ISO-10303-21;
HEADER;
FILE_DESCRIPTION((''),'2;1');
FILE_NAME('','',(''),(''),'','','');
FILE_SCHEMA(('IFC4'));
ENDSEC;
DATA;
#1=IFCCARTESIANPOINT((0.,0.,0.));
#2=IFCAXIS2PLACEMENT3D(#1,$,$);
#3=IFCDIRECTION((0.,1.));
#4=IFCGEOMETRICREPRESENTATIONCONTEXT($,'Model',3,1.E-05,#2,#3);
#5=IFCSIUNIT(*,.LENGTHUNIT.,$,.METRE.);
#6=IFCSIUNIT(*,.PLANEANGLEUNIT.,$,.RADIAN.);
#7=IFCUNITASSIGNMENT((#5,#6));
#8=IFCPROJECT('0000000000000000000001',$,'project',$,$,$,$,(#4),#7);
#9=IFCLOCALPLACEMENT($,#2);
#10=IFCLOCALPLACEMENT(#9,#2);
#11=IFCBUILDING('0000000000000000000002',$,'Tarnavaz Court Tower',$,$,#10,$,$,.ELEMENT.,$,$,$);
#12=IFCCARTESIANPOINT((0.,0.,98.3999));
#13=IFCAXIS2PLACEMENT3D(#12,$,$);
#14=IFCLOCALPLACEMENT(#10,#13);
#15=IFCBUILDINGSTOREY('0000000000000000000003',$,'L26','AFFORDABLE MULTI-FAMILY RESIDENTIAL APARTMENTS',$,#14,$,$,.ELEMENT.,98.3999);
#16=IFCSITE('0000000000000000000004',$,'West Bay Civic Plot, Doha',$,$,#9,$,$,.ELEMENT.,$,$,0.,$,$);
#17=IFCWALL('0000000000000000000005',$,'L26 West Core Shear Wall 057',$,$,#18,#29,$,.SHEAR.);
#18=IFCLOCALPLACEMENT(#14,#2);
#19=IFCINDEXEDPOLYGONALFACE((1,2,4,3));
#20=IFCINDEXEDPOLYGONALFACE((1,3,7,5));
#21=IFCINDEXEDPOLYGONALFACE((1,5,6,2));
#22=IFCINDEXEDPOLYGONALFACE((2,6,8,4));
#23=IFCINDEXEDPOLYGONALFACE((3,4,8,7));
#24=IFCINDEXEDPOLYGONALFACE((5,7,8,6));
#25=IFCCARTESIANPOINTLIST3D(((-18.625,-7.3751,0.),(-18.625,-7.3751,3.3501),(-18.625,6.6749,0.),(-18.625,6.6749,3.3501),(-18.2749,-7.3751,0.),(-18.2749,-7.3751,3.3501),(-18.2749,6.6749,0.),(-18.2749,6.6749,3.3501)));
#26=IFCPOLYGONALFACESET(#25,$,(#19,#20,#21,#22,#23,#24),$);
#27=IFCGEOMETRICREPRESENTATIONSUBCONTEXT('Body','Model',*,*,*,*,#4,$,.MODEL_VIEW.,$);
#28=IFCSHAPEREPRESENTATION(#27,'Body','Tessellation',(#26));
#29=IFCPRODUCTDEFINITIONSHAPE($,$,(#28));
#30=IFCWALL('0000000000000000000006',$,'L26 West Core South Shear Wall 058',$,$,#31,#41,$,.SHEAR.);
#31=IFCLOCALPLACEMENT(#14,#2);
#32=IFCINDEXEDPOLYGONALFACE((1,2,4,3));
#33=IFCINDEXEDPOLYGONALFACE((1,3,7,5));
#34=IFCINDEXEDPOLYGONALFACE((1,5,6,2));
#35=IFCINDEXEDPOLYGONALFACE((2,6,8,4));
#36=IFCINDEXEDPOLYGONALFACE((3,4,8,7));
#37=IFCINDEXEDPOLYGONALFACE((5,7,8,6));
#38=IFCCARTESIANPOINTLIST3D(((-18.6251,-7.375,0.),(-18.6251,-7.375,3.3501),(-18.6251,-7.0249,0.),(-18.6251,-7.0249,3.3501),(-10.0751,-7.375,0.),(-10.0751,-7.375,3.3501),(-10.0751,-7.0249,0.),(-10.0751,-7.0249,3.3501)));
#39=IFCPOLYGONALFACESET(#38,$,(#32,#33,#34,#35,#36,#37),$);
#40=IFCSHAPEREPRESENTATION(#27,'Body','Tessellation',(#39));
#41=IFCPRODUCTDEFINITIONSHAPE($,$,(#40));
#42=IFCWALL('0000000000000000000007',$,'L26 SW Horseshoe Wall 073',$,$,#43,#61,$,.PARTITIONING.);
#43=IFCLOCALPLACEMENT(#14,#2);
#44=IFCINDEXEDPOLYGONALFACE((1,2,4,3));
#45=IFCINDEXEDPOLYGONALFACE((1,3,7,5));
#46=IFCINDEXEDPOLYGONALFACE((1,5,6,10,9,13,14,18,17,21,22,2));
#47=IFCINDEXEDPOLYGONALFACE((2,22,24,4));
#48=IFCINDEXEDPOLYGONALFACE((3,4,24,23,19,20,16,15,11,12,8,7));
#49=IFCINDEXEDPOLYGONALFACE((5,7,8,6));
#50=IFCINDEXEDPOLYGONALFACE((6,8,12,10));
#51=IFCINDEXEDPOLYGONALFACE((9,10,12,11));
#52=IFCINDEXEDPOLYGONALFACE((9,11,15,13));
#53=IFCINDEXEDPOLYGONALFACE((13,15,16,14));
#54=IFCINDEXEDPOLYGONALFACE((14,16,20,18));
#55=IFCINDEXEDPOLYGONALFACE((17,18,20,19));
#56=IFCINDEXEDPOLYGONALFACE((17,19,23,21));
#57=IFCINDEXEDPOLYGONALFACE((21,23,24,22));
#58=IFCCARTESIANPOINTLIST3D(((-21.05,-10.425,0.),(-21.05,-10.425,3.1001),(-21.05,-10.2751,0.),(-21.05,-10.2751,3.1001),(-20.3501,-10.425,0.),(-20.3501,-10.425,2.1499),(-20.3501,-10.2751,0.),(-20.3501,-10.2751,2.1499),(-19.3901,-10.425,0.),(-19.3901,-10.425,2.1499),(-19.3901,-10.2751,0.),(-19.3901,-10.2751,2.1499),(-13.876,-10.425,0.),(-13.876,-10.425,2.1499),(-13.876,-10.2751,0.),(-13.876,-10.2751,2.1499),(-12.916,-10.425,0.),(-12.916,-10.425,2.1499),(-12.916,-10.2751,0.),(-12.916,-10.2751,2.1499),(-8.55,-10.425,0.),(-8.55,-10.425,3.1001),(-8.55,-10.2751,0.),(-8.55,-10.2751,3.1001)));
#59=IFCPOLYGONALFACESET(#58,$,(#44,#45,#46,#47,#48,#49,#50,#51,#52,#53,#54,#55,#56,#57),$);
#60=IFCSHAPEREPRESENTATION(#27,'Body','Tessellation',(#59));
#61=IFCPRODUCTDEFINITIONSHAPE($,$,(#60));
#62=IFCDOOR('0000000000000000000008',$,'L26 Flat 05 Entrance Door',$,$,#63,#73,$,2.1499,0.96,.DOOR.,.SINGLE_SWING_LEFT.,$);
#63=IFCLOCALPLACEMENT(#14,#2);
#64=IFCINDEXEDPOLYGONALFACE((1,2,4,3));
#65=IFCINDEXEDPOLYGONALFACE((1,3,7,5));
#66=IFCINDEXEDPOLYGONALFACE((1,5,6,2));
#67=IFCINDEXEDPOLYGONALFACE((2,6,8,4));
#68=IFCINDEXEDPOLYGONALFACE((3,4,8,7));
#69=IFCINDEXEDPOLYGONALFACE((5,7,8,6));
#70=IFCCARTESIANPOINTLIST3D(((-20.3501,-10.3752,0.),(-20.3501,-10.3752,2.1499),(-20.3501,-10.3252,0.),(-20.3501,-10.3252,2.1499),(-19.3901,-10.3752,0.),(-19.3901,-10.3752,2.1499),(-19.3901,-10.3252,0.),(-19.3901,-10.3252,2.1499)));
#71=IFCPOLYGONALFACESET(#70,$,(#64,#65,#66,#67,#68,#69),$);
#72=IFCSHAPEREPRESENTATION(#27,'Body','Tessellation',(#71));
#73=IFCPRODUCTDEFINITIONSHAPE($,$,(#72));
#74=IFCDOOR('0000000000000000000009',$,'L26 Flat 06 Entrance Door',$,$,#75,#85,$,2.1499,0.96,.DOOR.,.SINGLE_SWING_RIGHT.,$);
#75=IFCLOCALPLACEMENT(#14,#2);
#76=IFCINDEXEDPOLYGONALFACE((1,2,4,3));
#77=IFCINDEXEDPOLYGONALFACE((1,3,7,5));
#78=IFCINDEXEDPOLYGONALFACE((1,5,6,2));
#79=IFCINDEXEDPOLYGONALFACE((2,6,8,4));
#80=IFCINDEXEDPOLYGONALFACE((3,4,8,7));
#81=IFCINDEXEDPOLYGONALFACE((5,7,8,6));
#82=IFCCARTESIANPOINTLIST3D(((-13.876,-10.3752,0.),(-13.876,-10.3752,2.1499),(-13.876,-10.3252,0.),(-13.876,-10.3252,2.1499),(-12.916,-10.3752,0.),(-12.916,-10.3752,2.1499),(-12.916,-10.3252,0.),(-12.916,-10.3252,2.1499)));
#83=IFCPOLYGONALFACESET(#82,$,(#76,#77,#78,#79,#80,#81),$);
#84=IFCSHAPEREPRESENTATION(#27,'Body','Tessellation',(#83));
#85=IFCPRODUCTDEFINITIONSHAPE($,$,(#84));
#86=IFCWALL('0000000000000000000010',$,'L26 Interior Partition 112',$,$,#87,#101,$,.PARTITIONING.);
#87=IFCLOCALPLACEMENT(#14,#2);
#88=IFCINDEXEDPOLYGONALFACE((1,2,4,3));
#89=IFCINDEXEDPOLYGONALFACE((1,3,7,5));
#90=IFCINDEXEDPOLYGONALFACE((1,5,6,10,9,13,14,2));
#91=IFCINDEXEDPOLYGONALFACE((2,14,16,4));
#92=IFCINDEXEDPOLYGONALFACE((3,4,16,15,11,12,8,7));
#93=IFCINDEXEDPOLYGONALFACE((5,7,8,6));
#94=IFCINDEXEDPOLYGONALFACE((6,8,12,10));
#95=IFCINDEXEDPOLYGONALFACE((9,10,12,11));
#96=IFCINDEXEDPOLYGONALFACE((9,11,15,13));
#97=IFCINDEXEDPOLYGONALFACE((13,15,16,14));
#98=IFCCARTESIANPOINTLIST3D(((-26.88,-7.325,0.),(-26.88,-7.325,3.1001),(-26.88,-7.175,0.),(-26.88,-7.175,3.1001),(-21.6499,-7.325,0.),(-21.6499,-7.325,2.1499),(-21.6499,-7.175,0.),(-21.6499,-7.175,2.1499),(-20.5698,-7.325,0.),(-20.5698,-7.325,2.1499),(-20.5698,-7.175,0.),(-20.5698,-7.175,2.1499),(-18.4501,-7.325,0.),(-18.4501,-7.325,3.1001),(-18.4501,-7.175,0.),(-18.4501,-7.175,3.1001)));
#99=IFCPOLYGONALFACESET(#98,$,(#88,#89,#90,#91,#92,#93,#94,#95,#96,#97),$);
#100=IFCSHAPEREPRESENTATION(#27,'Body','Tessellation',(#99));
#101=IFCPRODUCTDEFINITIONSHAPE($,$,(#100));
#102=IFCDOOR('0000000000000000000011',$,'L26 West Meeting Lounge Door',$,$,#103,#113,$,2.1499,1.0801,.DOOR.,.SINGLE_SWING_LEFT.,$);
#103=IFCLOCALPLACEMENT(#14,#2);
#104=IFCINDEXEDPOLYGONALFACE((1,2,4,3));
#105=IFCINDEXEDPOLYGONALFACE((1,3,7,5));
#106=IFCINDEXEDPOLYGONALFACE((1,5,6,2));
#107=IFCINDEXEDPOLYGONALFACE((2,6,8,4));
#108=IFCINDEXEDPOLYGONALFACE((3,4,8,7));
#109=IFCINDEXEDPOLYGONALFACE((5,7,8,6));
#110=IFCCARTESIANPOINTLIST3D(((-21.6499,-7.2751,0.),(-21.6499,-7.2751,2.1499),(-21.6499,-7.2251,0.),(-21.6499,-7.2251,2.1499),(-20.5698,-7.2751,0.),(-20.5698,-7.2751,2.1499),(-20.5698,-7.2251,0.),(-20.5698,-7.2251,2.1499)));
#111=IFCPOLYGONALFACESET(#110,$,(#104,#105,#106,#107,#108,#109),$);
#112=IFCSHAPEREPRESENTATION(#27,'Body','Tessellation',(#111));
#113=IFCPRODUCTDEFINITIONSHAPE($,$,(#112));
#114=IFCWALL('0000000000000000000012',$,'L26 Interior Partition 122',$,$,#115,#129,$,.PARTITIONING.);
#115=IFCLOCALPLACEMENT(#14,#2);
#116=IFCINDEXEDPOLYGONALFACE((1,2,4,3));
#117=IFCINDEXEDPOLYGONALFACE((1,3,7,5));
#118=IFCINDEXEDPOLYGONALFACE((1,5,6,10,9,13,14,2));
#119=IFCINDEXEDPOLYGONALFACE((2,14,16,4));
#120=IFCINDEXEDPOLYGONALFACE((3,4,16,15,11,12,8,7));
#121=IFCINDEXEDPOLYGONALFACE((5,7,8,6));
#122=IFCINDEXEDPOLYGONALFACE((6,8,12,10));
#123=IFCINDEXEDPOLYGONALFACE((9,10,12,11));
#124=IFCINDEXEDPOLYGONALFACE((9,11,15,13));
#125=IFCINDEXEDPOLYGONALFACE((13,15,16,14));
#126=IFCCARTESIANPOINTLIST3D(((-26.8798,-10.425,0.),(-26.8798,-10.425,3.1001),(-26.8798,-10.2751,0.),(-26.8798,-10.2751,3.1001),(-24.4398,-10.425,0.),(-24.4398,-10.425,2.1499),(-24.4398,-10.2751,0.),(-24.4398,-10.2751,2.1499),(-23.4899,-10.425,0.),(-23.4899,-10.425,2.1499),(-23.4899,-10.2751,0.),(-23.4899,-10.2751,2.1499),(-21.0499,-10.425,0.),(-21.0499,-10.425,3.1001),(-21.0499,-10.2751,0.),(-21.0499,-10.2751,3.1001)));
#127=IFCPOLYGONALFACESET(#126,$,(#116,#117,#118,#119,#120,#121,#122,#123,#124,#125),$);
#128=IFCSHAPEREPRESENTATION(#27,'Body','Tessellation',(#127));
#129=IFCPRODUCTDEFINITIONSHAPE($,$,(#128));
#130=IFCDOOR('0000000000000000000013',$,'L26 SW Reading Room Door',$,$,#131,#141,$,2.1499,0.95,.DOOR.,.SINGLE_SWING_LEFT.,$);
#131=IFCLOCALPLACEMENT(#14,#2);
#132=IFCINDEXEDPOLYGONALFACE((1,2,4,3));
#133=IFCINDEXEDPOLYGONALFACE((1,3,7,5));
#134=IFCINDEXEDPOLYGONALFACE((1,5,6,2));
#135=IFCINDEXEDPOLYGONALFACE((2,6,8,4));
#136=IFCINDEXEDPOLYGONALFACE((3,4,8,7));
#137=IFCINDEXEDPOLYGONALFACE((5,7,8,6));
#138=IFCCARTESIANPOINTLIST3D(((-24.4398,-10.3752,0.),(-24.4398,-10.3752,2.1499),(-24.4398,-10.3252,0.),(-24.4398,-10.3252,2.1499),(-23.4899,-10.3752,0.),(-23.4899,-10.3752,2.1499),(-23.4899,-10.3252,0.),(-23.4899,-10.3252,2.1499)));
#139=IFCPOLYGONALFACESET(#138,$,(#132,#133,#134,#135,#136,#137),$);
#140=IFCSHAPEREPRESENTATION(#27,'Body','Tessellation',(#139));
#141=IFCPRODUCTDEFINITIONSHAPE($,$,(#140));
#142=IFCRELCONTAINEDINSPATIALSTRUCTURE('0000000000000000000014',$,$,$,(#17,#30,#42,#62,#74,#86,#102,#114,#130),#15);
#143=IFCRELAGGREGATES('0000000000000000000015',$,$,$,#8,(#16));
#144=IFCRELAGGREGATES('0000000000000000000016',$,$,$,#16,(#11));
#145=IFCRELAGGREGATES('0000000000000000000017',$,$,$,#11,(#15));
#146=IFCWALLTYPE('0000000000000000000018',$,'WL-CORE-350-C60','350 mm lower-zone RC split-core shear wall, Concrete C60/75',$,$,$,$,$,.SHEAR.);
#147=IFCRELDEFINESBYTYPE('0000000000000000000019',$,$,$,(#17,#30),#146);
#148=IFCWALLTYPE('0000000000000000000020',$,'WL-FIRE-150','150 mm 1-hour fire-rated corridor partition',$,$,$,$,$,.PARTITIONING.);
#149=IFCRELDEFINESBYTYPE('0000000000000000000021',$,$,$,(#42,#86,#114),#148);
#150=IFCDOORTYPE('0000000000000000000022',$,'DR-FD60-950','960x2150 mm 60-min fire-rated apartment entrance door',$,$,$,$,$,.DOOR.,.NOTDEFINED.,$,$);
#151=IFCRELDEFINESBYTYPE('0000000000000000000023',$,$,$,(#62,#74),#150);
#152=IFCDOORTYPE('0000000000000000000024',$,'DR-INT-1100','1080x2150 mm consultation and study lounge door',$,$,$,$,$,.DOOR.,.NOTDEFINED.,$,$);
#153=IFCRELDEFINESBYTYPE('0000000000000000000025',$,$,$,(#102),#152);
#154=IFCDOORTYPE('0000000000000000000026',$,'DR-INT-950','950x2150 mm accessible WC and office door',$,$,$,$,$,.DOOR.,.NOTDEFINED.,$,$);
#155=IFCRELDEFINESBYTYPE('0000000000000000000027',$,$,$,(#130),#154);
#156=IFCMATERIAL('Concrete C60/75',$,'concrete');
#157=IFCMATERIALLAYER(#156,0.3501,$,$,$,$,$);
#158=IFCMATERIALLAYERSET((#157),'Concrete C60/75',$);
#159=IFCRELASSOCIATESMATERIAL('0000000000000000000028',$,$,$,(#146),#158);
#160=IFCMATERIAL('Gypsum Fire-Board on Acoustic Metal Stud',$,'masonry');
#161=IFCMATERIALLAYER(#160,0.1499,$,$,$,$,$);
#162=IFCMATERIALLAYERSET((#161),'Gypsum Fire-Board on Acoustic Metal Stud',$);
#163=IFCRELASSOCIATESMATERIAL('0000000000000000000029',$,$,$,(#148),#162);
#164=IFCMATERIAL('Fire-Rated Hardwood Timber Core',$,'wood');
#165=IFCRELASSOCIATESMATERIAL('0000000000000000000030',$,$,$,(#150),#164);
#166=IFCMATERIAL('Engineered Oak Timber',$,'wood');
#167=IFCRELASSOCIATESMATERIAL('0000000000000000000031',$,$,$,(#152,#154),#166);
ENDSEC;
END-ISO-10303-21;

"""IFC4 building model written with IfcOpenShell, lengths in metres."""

from ifc_helpers import new_model, si_unit, direction, frame, frame_2d, origin, place, context, subcontext, project, spatial, rectangle, extrude, material, layer, layer_set, type_object, element, fill, save


model = new_model("IFC4")

# Units and contexts
model_context = context("Model", 3, precision=1e-05, world=origin(), true_north=direction((0.0, 1.0)))
body_context = subcontext(model_context, "Body", "Model", "MODEL_VIEW")
ifc_project = project(units=[si_unit("LENGTHUNIT", "METRE"), si_unit("PLANEANGLEUNIT", "RADIAN")], contexts=[model_context])

# Site, building, storey
site_placement = place(None, origin())
site = spatial("IfcSite", under=ifc_project, at=site_placement, Name="West Bay Civic Plot, Doha", CompositionType="ELEMENT", RefElevation=0.0)
building_placement = place(site_placement, origin())
building = spatial("IfcBuilding", under=site, at=building_placement, Name="Tarnavaz Court Tower", CompositionType="ELEMENT")
storey_placement = place(building_placement, frame((0.0, 0.0, 98.3999)))
storey = spatial("IfcBuildingStorey", under=building, at=storey_placement, Name="L26", Description="AFFORDABLE MULTI-FAMILY RESIDENTIAL APARTMENTS", CompositionType="ELEMENT", Elevation=98.3999)

# Shared definitions
ifc_material_1 = material(Name="Concrete C60/75", Category="concrete")

# Walls
ifc_layer_1 = layer(ifc_material_1, 0.3501)
ifc_layer_set_1 = layer_set([ifc_layer_1], Name="Concrete C60/75")
wall_type_1 = type_object("IfcWallType", Name="WL-CORE-350-C60", Description="350 mm lower-zone RC split-core shear wall, Concrete C60/75", PredefinedType="SHEAR", material=ifc_layer_set_1)
wall_1_placement = place(storey_placement, frame((-18.45, -7.375, 0.0), z_axis=(0.0, 0.0, 1.0), x_axis=(0.0, 1.0, 0.0)))
element("IfcWall", 1, at=wall_1_placement, inside=storey, type_object=wall_type_1, Name="L26 West Core Shear Wall 057", PredefinedType="SHEAR", context=body_context, shape_type="SweptSolid", body=[
    extrude(rectangle(XDim=14.05, YDim=0.3501, at=frame_2d((7.0249, 0.0))), origin(), (0.0, 0.0, 1.0), 3.3501),
])
wall_2_placement = place(storey_placement, frame((-18.625, -7.2, 0.0), z_axis=(0.0, 0.0, 1.0), x_axis=(1.0, 0.0, 0.0)))
element("IfcWall", 2, at=wall_2_placement, inside=storey, type_object=wall_type_1, Name="L26 West Core South Shear Wall 058", PredefinedType="SHEAR", context=body_context, shape_type="SweptSolid", body=[
    extrude(rectangle(XDim=8.55, YDim=0.3501, at=frame_2d((4.2749, 0.0))), origin(), (0.0, 0.0, 1.0), 3.3501),
])

# Wall, openings, doors
ifc_material_2 = material(Name="Gypsum Fire-Board on Acoustic Metal Stud", Category="masonry")
ifc_layer_2 = layer(ifc_material_2, 0.1499)
ifc_layer_set_2 = layer_set([ifc_layer_2], Name="Gypsum Fire-Board on Acoustic Metal Stud")
wall_type_2 = type_object("IfcWallType", Name="WL-FIRE-150", Description="150 mm 1-hour fire-rated corridor partition", PredefinedType="PARTITIONING", material=ifc_layer_set_2)
wall_3_placement = place(storey_placement, frame((-21.05, -10.3501, 0.0), z_axis=(0.0, 0.0, 1.0), x_axis=(1.0, 0.0, 0.0)))
wall_3 = element("IfcWall", 3, at=wall_3_placement, inside=storey, type_object=wall_type_2, Name="L26 SW Horseshoe Wall 073", PredefinedType="PARTITIONING", context=body_context, shape_type="SweptSolid", body=[
    extrude(rectangle(XDim=12.5, YDim=0.1499, at=frame_2d((6.25, 0.0))), origin(), (0.0, 0.0, 1.0), 3.1001),
])
opening_1_placement = place(wall_3_placement, frame((0.7, 0.0, 0.0)))
opening_1 = element("IfcOpeningElement", 4, at=opening_1_placement, cuts=wall_3, PredefinedType="OPENING", context=body_context, shape_type="SweptSolid", body=[
    extrude(rectangle(XDim=0.96, YDim=2.1499, at=frame_2d((0.48, 1.075))), frame((0.0, 0.085, 0.0), z_axis=(0.0, -1.0, 0.0), x_axis=(1.0, 0.0, 0.0)), (0.0, 0.0, 1.0), 0.1699),
])
opening_2_placement = place(wall_3_placement, frame((7.1741, 0.0, 0.0)))
opening_2 = element("IfcOpeningElement", 5, at=opening_2_placement, cuts=wall_3, PredefinedType="OPENING", context=body_context, shape_type="SweptSolid", body=[
    extrude(rectangle(XDim=0.96, YDim=2.1499, at=frame_2d((0.48, 1.075))), frame((0.0, 0.085, 0.0), z_axis=(0.0, -1.0, 0.0), x_axis=(1.0, 0.0, 0.0)), (0.0, 0.0, 1.0), 0.1699),
])
ifc_material_3 = material(Name="Fire-Rated Hardwood Timber Core", Category="wood")
door_type_1 = type_object("IfcDoorType", Name="DR-FD60-950", Description="960x2150 mm 60-min fire-rated apartment entrance door", OperationType="NOTDEFINED", PredefinedType="DOOR", material=ifc_material_3)
door_1_placement = place(opening_1_placement, origin())
door_1 = element("IfcDoor", 6, at=door_1_placement, inside=storey, type_object=door_type_1, Name="L26 Flat 05 Entrance Door", OperationType="SINGLE_SWING_LEFT", OverallHeight=2.1499, OverallWidth=0.96, PredefinedType="DOOR", context=body_context, shape_type="SweptSolid", body=[
    extrude(rectangle(XDim=0.96, YDim=2.1499, at=frame_2d((0.48, 1.075))), frame((0.0, 0.0249, 0.0), z_axis=(0.0, -1.0, 0.0), x_axis=(1.0, 0.0, 0.0)), (0.0, 0.0, 1.0), 0.05),
])
fill(opening_1, door_1)
door_2_placement = place(opening_2_placement, origin())
door_2 = element("IfcDoor", 7, at=door_2_placement, inside=storey, type_object=door_type_1, Name="L26 Flat 06 Entrance Door", OperationType="SINGLE_SWING_RIGHT", OverallHeight=2.1499, OverallWidth=0.96, PredefinedType="DOOR", context=body_context, shape_type="SweptSolid", body=[
    extrude(rectangle(XDim=0.96, YDim=2.1499, at=frame_2d((0.48, 1.075))), frame((0.0, 0.0249, 0.0), z_axis=(0.0, -1.0, 0.0), x_axis=(1.0, 0.0, 0.0)), (0.0, 0.0, 1.0), 0.05),
])
fill(opening_2, door_2)

# Walls, openings, doors
wall_4_placement = place(storey_placement, frame((-26.8799, -7.25, 0.0), z_axis=(0.0, 0.0, 1.0), x_axis=(1.0, 0.0, 0.0)))
wall_4 = element("IfcWall", 8, at=wall_4_placement, inside=storey, type_object=wall_type_2, Name="L26 Interior Partition 112", PredefinedType="PARTITIONING", context=body_context, shape_type="SweptSolid", body=[
    extrude(rectangle(XDim=8.4299, YDim=0.1499, at=frame_2d((4.2148, 0.0))), origin(), (0.0, 0.0, 1.0), 3.1001),
])
opening_3_placement = place(wall_4_placement, frame((5.23, 0.0, 0.0)))
opening_3 = element("IfcOpeningElement", 9, at=opening_3_placement, cuts=wall_4, PredefinedType="OPENING", context=body_context, shape_type="SweptSolid", body=[
    extrude(rectangle(XDim=1.0801, YDim=2.1499, at=frame_2d((0.54, 1.075))), frame((0.0, 0.085, 0.0), z_axis=(0.0, -1.0, 0.0), x_axis=(1.0, 0.0, 0.0)), (0.0, 0.0, 1.0), 0.1699),
])
ifc_material_4 = material(Name="Engineered Oak Timber", Category="wood")
door_type_2 = type_object("IfcDoorType", Name="DR-INT-1100", Description="1080x2150 mm consultation and study lounge door", OperationType="NOTDEFINED", PredefinedType="DOOR", material=ifc_material_4)
door_3_placement = place(opening_3_placement, origin())
door_3 = element("IfcDoor", 10, at=door_3_placement, inside=storey, type_object=door_type_2, Name="L26 West Meeting Lounge Door", OperationType="SINGLE_SWING_LEFT", OverallHeight=2.1499, OverallWidth=1.0801, PredefinedType="DOOR", context=body_context, shape_type="SweptSolid", body=[
    extrude(rectangle(XDim=1.0801, YDim=2.1499, at=frame_2d((0.54, 1.075))), frame((0.0, 0.0249, 0.0), z_axis=(0.0, -1.0, 0.0), x_axis=(1.0, 0.0, 0.0)), (0.0, 0.0, 1.0), 0.05),
])
fill(opening_3, door_3)
wall_5_placement = place(storey_placement, frame((-26.8799, -10.3501, 0.0), z_axis=(0.0, 0.0, 1.0), x_axis=(1.0, 0.0, 0.0)))
wall_5 = element("IfcWall", 11, at=wall_5_placement, inside=storey, type_object=wall_type_2, Name="L26 Interior Partition 122", PredefinedType="PARTITIONING", context=body_context, shape_type="SweptSolid", body=[
    extrude(rectangle(XDim=5.8298, YDim=0.1499, at=frame_2d((2.915, 0.0))), origin(), (0.0, 0.0, 1.0), 3.1001),
])
opening_4_placement = place(wall_5_placement, frame((2.4399, 0.0, 0.0)))
opening_4 = element("IfcOpeningElement", 12, at=opening_4_placement, cuts=wall_5, PredefinedType="OPENING", context=body_context, shape_type="SweptSolid", body=[
    extrude(rectangle(XDim=0.95, YDim=2.1499, at=frame_2d((0.4751, 1.075))), frame((0.0, 0.085, 0.0), z_axis=(0.0, -1.0, 0.0), x_axis=(1.0, 0.0, 0.0)), (0.0, 0.0, 1.0), 0.1699),
])
door_type_3 = type_object("IfcDoorType", Name="DR-INT-950", Description="950x2150 mm accessible WC and office door", OperationType="NOTDEFINED", PredefinedType="DOOR", material=ifc_material_4)
door_4_placement = place(opening_4_placement, origin())
door_4 = element("IfcDoor", 13, at=door_4_placement, inside=storey, type_object=door_type_3, Name="L26 SW Reading Room Door", OperationType="SINGLE_SWING_LEFT", OverallHeight=2.1499, OverallWidth=0.95, PredefinedType="DOOR", context=body_context, shape_type="SweptSolid", body=[
    extrude(rectangle(XDim=0.95, YDim=2.1499, at=frame_2d((0.4751, 1.075))), frame((0.0, 0.0249, 0.0), z_axis=(0.0, -1.0, 0.0), x_axis=(1.0, 0.0, 0.0)), (0.0, 0.0, 1.0), 0.05),
])
fill(opening_4, door_4)

save(model, "model.ifc")
